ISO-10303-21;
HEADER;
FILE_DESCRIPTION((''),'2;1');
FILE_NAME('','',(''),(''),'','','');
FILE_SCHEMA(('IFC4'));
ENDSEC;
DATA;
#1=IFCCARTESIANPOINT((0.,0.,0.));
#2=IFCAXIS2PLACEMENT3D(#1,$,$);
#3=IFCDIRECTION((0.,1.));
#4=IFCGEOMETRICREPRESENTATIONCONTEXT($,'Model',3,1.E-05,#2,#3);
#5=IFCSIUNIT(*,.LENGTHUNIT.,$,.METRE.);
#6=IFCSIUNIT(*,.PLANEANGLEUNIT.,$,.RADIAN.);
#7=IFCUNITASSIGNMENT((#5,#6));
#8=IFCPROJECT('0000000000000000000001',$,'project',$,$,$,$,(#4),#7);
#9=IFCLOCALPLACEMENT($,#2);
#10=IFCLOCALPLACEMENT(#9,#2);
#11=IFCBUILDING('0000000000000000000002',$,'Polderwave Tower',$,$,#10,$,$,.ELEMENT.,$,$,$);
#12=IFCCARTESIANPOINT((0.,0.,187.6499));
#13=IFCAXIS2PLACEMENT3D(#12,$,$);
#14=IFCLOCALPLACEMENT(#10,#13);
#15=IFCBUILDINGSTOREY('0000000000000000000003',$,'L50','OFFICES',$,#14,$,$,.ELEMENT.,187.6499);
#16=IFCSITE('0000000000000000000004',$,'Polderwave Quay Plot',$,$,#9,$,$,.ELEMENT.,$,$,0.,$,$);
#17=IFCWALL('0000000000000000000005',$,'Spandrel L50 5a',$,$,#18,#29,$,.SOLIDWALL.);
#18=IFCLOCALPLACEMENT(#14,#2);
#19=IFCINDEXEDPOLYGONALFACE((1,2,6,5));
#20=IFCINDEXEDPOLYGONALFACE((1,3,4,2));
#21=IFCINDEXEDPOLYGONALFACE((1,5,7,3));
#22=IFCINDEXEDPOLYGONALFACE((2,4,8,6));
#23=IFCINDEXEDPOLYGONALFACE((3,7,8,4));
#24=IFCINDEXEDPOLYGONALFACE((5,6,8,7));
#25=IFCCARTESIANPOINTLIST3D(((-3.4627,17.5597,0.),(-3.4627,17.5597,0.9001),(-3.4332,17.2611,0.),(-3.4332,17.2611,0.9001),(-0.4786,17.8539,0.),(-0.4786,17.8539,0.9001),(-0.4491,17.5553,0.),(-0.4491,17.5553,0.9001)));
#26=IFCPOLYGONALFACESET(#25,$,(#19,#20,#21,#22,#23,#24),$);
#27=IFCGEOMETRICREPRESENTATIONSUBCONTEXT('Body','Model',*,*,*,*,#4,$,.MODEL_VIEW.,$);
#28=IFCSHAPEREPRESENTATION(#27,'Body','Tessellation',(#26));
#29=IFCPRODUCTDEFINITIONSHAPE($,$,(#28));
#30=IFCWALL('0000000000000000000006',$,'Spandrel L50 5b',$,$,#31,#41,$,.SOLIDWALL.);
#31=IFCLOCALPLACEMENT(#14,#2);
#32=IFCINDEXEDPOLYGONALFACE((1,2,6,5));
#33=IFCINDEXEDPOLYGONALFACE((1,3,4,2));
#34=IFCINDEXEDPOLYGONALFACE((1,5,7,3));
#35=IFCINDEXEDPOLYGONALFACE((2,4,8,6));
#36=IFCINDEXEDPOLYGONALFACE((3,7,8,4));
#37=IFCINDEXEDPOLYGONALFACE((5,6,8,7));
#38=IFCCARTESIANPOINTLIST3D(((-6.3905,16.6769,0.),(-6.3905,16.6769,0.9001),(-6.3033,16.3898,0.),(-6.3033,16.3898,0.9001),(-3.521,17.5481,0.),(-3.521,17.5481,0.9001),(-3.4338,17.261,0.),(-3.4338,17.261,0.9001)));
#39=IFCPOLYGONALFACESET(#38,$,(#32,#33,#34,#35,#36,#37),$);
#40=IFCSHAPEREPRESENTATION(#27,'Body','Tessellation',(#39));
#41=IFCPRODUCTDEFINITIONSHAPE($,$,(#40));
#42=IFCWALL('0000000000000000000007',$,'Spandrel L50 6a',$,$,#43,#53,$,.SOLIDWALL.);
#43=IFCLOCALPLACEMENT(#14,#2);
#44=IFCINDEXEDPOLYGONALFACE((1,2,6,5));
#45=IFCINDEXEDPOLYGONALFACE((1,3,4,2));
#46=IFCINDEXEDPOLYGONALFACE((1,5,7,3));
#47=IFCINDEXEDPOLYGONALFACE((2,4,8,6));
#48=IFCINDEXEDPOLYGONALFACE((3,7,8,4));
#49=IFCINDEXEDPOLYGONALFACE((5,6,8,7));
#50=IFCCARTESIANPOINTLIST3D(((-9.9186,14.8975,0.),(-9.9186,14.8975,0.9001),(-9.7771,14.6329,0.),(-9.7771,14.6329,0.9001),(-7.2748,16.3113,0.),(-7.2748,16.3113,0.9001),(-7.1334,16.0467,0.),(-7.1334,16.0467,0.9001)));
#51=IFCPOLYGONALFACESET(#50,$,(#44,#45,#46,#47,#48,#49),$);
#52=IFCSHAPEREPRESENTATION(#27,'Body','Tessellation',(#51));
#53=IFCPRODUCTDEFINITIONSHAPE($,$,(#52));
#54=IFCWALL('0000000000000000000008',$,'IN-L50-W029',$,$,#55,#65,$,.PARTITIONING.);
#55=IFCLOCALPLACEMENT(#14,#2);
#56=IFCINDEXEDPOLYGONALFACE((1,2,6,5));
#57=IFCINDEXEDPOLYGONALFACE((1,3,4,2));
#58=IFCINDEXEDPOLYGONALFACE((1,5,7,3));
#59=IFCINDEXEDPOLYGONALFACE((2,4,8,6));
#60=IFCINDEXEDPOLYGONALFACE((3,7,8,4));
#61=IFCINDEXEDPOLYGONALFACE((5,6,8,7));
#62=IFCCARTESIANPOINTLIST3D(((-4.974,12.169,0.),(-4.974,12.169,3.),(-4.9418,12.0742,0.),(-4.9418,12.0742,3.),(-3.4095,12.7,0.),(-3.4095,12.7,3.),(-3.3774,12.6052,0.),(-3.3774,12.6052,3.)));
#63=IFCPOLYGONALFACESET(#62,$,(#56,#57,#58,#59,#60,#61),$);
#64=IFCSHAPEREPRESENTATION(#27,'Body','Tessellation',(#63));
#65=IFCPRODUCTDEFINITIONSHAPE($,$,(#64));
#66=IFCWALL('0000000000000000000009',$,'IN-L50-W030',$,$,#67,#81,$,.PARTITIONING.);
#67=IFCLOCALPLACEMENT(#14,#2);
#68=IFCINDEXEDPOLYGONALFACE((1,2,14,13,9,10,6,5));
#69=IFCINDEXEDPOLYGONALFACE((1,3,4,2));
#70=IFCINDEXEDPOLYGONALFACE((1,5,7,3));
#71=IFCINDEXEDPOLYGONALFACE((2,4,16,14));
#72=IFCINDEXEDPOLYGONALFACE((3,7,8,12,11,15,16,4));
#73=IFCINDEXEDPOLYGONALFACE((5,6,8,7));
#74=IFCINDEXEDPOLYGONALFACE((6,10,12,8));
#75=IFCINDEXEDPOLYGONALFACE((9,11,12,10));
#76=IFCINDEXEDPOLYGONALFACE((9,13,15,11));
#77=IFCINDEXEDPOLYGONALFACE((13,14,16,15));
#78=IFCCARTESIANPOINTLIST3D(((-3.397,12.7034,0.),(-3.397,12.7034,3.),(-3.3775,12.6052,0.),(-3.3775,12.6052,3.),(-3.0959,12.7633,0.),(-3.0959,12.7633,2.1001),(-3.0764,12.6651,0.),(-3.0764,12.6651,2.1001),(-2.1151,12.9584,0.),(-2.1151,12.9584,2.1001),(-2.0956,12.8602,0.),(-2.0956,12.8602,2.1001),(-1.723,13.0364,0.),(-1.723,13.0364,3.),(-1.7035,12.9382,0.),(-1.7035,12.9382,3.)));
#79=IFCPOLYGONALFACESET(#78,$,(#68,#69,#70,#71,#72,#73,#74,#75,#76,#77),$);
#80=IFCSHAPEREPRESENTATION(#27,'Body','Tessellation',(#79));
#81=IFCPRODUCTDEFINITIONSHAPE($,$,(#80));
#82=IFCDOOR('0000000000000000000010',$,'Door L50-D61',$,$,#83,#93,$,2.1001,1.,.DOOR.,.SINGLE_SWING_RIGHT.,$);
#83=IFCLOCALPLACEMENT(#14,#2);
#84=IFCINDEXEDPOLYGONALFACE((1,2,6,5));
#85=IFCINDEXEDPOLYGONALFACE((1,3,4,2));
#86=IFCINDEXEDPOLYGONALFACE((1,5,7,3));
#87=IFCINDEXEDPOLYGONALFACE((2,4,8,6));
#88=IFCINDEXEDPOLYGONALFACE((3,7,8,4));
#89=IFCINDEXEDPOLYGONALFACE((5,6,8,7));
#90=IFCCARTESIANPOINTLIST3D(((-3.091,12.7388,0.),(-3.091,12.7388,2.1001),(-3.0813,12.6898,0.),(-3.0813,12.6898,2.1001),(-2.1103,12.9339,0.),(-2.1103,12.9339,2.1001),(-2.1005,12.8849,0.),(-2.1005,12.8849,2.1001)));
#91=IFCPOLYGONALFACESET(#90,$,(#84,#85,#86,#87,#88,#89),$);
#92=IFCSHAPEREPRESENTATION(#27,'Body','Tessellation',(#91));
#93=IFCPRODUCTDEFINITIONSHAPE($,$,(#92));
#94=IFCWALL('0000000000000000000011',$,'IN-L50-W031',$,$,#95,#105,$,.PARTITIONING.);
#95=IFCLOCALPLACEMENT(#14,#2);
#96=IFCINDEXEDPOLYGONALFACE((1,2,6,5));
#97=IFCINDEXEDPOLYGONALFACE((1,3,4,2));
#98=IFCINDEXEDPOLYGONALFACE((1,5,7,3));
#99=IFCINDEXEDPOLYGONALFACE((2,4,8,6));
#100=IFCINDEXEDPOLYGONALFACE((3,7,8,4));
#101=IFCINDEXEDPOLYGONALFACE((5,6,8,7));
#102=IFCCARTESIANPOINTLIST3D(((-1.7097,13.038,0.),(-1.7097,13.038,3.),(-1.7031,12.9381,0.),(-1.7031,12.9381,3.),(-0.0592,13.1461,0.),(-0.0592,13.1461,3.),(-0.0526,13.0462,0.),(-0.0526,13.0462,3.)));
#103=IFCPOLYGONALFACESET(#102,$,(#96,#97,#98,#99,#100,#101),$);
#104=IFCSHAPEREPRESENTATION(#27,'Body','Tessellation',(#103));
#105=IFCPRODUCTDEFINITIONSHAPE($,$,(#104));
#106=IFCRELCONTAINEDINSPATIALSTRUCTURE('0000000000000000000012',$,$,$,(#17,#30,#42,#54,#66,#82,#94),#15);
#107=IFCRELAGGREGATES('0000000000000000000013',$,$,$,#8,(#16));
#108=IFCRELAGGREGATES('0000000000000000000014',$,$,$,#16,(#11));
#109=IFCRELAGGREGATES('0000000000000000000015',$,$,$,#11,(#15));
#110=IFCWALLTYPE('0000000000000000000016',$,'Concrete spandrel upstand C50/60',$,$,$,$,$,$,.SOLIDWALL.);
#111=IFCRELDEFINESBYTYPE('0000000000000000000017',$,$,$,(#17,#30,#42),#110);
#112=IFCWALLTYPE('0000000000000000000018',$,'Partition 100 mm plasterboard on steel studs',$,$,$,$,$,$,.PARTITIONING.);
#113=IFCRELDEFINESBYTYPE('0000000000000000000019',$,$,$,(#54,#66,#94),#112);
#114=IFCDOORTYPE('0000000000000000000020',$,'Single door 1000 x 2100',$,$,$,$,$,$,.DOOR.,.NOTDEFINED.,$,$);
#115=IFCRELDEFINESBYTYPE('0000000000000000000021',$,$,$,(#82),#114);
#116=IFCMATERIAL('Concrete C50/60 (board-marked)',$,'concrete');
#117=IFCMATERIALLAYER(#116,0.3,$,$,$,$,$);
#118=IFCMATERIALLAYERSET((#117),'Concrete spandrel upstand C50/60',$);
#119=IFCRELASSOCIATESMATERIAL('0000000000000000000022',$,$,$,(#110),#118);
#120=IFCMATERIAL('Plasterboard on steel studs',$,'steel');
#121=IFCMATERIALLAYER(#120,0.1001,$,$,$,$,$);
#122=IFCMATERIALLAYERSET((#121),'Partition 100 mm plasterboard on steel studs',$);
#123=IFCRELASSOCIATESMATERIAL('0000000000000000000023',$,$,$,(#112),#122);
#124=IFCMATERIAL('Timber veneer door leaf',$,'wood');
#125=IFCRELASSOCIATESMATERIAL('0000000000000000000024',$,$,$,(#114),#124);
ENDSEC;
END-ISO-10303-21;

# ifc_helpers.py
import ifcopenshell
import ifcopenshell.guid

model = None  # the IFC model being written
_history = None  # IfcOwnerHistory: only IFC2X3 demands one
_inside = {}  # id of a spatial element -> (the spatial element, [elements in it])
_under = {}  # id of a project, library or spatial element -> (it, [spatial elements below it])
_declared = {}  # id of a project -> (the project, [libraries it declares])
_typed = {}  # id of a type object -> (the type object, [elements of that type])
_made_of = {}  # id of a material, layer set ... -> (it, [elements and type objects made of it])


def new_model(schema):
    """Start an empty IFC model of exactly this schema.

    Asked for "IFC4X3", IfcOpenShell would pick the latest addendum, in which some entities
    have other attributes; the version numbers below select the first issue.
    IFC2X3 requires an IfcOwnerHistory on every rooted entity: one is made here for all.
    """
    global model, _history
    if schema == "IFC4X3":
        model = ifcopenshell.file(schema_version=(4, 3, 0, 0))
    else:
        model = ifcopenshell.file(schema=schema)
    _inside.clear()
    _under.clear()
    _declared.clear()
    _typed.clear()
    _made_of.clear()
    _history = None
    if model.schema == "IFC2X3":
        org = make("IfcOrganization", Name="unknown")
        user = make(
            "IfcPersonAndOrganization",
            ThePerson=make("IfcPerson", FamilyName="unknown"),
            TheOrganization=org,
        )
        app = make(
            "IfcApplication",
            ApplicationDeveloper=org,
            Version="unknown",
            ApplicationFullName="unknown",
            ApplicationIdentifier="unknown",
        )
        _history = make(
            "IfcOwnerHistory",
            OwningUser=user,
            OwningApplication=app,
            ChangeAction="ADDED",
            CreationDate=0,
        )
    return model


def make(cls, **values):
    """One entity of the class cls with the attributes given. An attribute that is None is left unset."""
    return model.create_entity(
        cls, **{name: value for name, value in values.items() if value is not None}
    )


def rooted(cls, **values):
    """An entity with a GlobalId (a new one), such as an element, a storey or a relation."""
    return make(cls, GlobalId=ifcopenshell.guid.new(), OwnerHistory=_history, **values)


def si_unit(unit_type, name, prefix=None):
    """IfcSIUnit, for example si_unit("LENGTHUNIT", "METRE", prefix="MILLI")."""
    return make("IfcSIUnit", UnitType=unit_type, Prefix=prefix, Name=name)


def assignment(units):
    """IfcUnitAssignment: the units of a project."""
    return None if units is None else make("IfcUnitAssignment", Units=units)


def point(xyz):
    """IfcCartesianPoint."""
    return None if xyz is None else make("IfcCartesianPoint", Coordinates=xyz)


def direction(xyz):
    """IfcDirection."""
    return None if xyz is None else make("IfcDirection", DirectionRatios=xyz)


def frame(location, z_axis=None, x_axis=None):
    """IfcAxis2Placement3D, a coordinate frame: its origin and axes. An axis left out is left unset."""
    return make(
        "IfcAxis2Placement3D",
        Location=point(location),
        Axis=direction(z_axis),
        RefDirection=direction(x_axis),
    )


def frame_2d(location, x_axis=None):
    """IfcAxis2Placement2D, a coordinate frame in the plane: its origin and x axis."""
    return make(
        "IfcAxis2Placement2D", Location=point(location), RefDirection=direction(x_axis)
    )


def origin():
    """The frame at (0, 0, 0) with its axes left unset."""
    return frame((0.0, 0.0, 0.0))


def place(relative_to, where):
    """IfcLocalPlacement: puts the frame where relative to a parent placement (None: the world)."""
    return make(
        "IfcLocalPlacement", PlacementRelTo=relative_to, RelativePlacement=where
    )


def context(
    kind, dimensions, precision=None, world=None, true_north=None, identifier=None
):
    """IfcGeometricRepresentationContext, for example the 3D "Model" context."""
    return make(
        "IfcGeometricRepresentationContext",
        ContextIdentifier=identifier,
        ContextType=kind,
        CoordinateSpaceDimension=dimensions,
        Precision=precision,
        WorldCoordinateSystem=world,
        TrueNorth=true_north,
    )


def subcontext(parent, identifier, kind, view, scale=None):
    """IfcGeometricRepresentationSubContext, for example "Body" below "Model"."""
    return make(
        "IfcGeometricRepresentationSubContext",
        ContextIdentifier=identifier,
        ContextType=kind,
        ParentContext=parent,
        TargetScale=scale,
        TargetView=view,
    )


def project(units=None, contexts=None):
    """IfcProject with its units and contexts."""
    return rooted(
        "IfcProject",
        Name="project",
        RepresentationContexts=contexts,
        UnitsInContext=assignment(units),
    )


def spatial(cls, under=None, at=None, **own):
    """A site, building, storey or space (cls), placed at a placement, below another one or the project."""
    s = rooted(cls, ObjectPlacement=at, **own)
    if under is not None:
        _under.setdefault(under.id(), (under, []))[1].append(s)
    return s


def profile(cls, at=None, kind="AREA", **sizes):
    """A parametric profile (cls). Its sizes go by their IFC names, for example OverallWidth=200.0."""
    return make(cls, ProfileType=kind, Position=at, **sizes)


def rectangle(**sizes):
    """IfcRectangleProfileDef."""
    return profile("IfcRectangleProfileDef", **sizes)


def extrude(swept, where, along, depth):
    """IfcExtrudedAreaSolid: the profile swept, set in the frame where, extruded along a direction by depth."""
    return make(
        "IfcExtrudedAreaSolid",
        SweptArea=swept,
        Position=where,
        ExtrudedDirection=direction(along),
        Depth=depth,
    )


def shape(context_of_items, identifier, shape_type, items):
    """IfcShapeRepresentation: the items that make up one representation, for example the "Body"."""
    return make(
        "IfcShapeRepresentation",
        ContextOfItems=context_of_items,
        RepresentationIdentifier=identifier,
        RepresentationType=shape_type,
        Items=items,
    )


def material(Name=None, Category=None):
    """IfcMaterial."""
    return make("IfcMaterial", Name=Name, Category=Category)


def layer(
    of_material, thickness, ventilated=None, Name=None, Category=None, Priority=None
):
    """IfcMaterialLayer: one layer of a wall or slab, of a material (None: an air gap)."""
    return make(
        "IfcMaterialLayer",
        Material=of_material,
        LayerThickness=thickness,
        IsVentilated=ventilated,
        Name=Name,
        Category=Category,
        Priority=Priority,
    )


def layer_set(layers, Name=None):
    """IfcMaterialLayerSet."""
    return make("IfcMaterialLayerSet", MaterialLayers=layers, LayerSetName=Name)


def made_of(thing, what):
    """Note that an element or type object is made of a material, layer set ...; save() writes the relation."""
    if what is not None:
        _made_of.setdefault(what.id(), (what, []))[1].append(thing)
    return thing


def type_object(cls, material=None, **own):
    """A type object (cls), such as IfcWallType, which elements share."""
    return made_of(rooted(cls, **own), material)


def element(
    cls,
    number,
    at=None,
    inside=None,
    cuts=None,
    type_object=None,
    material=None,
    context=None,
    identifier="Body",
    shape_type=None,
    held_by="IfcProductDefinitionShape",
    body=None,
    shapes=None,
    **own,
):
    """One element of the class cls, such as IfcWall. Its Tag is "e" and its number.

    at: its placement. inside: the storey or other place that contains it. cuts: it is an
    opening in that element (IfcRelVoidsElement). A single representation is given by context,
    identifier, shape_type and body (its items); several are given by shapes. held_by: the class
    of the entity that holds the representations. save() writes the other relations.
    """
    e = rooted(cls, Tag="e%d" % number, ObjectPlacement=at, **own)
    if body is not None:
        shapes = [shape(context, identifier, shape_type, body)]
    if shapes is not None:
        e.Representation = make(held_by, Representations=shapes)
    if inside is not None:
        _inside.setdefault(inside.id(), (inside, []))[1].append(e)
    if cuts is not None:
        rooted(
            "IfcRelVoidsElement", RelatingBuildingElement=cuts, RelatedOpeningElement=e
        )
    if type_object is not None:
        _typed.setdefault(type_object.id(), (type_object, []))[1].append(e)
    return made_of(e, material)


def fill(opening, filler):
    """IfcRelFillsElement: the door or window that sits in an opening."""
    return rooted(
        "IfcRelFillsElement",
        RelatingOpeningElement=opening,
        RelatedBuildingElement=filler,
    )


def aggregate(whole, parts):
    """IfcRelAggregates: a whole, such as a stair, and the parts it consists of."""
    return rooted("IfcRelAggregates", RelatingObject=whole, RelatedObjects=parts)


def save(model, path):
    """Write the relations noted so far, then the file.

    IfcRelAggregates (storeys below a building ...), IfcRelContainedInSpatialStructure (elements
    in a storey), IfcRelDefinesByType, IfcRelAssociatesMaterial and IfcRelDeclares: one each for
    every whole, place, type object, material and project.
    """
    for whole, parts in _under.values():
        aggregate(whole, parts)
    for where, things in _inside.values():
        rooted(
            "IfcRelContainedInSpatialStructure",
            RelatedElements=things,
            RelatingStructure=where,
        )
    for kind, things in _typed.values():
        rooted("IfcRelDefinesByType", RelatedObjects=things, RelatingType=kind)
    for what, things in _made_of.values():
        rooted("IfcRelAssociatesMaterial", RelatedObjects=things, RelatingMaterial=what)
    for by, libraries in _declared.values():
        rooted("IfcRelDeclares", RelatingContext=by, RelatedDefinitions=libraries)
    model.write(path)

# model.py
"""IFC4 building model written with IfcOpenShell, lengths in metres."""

from ifc_helpers import new_model, si_unit, direction, frame, frame_2d, origin, place, context, subcontext, project, spatial, rectangle, extrude, material, layer, layer_set, type_object, element, fill, save


model = new_model("IFC4")

# Units and contexts
model_context = context("Model", 3, precision=1e-05, world=origin(), true_north=direction((0.0, 1.0)))
body_context = subcontext(model_context, "Body", "Model", "MODEL_VIEW")
ifc_project = project(units=[si_unit("LENGTHUNIT", "METRE"), si_unit("PLANEANGLEUNIT", "RADIAN")], contexts=[model_context])

# Site, building, storey
site_placement = place(None, origin())
site = spatial("IfcSite", under=ifc_project, at=site_placement, Name="Polderwave Quay Plot", CompositionType="ELEMENT", RefElevation=0.0)
building_placement = place(site_placement, origin())
building = spatial("IfcBuilding", under=site, at=building_placement, Name="Polderwave Tower", CompositionType="ELEMENT")
storey_placement = place(building_placement, frame((0.0, 0.0, 187.6499)))
storey = spatial("IfcBuildingStorey", under=building, at=storey_placement, Name="L50", Description="OFFICES", CompositionType="ELEMENT", Elevation=187.6499)

# Walls
ifc_material_1 = material(Name="Concrete C50/60 (board-marked)", Category="concrete")
ifc_layer_1 = layer(ifc_material_1, 0.3)
ifc_layer_set_1 = layer_set([ifc_layer_1], Name="Concrete spandrel upstand C50/60")
wall_type_1 = type_object("IfcWallType", Name="Concrete spandrel upstand C50/60", PredefinedType="SOLIDWALL", material=ifc_layer_set_1)
wall_1_placement = place(storey_placement, frame((-0.4639, 17.7046, 0.0), z_axis=(0.0, 0.0, 1.0), x_axis=(-0.995176, -0.098109, 0.0)))
element("IfcWall", 1, at=wall_1_placement, inside=storey, type_object=wall_type_1, Name="Spandrel L50 5a", PredefinedType="SOLIDWALL", context=body_context, shape_type="SweptSolid", body=[
    extrude(rectangle(XDim=2.9985, YDim=0.3, at=frame_2d((1.4993, 0.0))), origin(), (0.0, 0.0, 1.0), 0.9001),
])
wall_2_placement = place(storey_placement, frame((-3.4773, 17.4045, 0.0), z_axis=(0.0, 0.0, 1.0), x_axis=(-0.956878, -0.290491, 0.0)))
element("IfcWall", 2, at=wall_2_placement, inside=storey, type_object=wall_type_1, Name="Spandrel L50 5b", PredefinedType="SOLIDWALL", context=body_context, shape_type="SweptSolid", body=[
    extrude(rectangle(XDim=2.9988, YDim=0.3, at=frame_2d((1.4995, 0.0))), origin(), (0.0, 0.0, 1.0), 0.9001),
])
wall_3_placement = place(storey_placement, frame((-7.2041, 16.179, 0.0), z_axis=(0.0, 0.0, 1.0), x_axis=(-0.881827, -0.471573, 0.0)))
element("IfcWall", 3, at=wall_3_placement, inside=storey, type_object=wall_type_1, Name="Spandrel L50 6a", PredefinedType="SOLIDWALL", context=body_context, shape_type="SweptSolid", body=[
    extrude(rectangle(XDim=2.998, YDim=0.3, at=frame_2d((1.499, 0.0))), origin(), (0.0, 0.0, 1.0), 0.9001),
])
ifc_material_2 = material(Name="Plasterboard on steel studs", Category="steel")
ifc_layer_2 = layer(ifc_material_2, 0.1001)
ifc_layer_set_2 = layer_set([ifc_layer_2], Name="Partition 100 mm plasterboard on steel studs")
wall_type_2 = type_object("IfcWallType", Name="Partition 100 mm plasterboard on steel studs", PredefinedType="PARTITIONING", material=ifc_layer_set_2)
wall_4_placement = place(storey_placement, frame((-4.958, 12.1216, 0.0), z_axis=(0.0, 0.0, 1.0), x_axis=(0.94694, 0.32141, 0.0)))
element("IfcWall", 4, at=wall_4_placement, inside=storey, type_object=wall_type_2, Name="IN-L50-W029", PredefinedType="PARTITIONING", context=body_context, shape_type="SweptSolid", body=[
    extrude(rectangle(XDim=1.6521, YDim=0.1001, at=frame_2d((0.8262, 0.0))), origin(), (0.0, 0.0, 1.0), 3.0),
])

# Wall, opening, door
wall_5_placement = place(storey_placement, frame((-1.7131, 12.9873, 0.0), z_axis=(0.0, 0.0, 1.0), x_axis=(-0.980784, -0.195098, 0.0)))
wall_5 = element("IfcWall", 5, at=wall_5_placement, inside=storey, type_object=wall_type_2, Name="IN-L50-W030", PredefinedType="PARTITIONING", context=body_context, shape_type="SweptSolid", body=[
    extrude(rectangle(XDim=1.7068, YDim=0.1001, at=frame_2d((0.8535, 0.0))), origin(), (0.0, 0.0, 1.0), 3.0),
])
opening_placement = place(wall_5_placement, frame((0.3999, 0.0, 0.0)))
opening = element("IfcOpeningElement", 6, at=opening_placement, cuts=wall_5, PredefinedType="OPENING", context=body_context, shape_type="SweptSolid", body=[
    extrude(rectangle(XDim=1.0, YDim=2.1001, at=frame_2d((0.5, 1.05))), frame((0.0, 0.0601, 0.0), z_axis=(0.0, -1.0, 0.0), x_axis=(1.0, 0.0, 0.0)), (0.0, 0.0, 1.0), 0.1201),
])
ifc_material_3 = material(Name="Timber veneer door leaf", Category="wood")
door_type = type_object("IfcDoorType", Name="Single door 1000 x 2100", OperationType="NOTDEFINED", PredefinedType="DOOR", material=ifc_material_3)
door_placement = place(opening_placement, origin())
door = element("IfcDoor", 7, at=door_placement, inside=storey, type_object=door_type, Name="Door L50-D61", OperationType="SINGLE_SWING_RIGHT", OverallHeight=2.1001, OverallWidth=1.0, PredefinedType="DOOR", context=body_context, shape_type="SweptSolid", body=[
    extrude(rectangle(XDim=1.0, YDim=2.1001, at=frame_2d((0.5, 1.05))), frame((0.0, 0.0249, 0.0), z_axis=(0.0, -1.0, 0.0), x_axis=(1.0, 0.0, 0.0)), (0.0, 0.0, 1.0), 0.05),
])
fill(opening, door)

# Wall
wall_6_placement = place(storey_placement, frame((-1.7065, 12.988, 0.0), z_axis=(0.0, 0.0, 1.0), x_axis=(0.99786, 0.065383, 0.0)))
element("IfcWall", 8, at=wall_6_placement, inside=storey, type_object=wall_type_2, Name="IN-L50-W031", PredefinedType="PARTITIONING", context=body_context, shape_type="SweptSolid", body=[
    extrude(rectangle(XDim=1.6541, YDim=0.1001, at=frame_2d((0.8271, 0.0))), origin(), (0.0, 0.0, 1.0), 3.0),
])

save(model, "model.ifc")
